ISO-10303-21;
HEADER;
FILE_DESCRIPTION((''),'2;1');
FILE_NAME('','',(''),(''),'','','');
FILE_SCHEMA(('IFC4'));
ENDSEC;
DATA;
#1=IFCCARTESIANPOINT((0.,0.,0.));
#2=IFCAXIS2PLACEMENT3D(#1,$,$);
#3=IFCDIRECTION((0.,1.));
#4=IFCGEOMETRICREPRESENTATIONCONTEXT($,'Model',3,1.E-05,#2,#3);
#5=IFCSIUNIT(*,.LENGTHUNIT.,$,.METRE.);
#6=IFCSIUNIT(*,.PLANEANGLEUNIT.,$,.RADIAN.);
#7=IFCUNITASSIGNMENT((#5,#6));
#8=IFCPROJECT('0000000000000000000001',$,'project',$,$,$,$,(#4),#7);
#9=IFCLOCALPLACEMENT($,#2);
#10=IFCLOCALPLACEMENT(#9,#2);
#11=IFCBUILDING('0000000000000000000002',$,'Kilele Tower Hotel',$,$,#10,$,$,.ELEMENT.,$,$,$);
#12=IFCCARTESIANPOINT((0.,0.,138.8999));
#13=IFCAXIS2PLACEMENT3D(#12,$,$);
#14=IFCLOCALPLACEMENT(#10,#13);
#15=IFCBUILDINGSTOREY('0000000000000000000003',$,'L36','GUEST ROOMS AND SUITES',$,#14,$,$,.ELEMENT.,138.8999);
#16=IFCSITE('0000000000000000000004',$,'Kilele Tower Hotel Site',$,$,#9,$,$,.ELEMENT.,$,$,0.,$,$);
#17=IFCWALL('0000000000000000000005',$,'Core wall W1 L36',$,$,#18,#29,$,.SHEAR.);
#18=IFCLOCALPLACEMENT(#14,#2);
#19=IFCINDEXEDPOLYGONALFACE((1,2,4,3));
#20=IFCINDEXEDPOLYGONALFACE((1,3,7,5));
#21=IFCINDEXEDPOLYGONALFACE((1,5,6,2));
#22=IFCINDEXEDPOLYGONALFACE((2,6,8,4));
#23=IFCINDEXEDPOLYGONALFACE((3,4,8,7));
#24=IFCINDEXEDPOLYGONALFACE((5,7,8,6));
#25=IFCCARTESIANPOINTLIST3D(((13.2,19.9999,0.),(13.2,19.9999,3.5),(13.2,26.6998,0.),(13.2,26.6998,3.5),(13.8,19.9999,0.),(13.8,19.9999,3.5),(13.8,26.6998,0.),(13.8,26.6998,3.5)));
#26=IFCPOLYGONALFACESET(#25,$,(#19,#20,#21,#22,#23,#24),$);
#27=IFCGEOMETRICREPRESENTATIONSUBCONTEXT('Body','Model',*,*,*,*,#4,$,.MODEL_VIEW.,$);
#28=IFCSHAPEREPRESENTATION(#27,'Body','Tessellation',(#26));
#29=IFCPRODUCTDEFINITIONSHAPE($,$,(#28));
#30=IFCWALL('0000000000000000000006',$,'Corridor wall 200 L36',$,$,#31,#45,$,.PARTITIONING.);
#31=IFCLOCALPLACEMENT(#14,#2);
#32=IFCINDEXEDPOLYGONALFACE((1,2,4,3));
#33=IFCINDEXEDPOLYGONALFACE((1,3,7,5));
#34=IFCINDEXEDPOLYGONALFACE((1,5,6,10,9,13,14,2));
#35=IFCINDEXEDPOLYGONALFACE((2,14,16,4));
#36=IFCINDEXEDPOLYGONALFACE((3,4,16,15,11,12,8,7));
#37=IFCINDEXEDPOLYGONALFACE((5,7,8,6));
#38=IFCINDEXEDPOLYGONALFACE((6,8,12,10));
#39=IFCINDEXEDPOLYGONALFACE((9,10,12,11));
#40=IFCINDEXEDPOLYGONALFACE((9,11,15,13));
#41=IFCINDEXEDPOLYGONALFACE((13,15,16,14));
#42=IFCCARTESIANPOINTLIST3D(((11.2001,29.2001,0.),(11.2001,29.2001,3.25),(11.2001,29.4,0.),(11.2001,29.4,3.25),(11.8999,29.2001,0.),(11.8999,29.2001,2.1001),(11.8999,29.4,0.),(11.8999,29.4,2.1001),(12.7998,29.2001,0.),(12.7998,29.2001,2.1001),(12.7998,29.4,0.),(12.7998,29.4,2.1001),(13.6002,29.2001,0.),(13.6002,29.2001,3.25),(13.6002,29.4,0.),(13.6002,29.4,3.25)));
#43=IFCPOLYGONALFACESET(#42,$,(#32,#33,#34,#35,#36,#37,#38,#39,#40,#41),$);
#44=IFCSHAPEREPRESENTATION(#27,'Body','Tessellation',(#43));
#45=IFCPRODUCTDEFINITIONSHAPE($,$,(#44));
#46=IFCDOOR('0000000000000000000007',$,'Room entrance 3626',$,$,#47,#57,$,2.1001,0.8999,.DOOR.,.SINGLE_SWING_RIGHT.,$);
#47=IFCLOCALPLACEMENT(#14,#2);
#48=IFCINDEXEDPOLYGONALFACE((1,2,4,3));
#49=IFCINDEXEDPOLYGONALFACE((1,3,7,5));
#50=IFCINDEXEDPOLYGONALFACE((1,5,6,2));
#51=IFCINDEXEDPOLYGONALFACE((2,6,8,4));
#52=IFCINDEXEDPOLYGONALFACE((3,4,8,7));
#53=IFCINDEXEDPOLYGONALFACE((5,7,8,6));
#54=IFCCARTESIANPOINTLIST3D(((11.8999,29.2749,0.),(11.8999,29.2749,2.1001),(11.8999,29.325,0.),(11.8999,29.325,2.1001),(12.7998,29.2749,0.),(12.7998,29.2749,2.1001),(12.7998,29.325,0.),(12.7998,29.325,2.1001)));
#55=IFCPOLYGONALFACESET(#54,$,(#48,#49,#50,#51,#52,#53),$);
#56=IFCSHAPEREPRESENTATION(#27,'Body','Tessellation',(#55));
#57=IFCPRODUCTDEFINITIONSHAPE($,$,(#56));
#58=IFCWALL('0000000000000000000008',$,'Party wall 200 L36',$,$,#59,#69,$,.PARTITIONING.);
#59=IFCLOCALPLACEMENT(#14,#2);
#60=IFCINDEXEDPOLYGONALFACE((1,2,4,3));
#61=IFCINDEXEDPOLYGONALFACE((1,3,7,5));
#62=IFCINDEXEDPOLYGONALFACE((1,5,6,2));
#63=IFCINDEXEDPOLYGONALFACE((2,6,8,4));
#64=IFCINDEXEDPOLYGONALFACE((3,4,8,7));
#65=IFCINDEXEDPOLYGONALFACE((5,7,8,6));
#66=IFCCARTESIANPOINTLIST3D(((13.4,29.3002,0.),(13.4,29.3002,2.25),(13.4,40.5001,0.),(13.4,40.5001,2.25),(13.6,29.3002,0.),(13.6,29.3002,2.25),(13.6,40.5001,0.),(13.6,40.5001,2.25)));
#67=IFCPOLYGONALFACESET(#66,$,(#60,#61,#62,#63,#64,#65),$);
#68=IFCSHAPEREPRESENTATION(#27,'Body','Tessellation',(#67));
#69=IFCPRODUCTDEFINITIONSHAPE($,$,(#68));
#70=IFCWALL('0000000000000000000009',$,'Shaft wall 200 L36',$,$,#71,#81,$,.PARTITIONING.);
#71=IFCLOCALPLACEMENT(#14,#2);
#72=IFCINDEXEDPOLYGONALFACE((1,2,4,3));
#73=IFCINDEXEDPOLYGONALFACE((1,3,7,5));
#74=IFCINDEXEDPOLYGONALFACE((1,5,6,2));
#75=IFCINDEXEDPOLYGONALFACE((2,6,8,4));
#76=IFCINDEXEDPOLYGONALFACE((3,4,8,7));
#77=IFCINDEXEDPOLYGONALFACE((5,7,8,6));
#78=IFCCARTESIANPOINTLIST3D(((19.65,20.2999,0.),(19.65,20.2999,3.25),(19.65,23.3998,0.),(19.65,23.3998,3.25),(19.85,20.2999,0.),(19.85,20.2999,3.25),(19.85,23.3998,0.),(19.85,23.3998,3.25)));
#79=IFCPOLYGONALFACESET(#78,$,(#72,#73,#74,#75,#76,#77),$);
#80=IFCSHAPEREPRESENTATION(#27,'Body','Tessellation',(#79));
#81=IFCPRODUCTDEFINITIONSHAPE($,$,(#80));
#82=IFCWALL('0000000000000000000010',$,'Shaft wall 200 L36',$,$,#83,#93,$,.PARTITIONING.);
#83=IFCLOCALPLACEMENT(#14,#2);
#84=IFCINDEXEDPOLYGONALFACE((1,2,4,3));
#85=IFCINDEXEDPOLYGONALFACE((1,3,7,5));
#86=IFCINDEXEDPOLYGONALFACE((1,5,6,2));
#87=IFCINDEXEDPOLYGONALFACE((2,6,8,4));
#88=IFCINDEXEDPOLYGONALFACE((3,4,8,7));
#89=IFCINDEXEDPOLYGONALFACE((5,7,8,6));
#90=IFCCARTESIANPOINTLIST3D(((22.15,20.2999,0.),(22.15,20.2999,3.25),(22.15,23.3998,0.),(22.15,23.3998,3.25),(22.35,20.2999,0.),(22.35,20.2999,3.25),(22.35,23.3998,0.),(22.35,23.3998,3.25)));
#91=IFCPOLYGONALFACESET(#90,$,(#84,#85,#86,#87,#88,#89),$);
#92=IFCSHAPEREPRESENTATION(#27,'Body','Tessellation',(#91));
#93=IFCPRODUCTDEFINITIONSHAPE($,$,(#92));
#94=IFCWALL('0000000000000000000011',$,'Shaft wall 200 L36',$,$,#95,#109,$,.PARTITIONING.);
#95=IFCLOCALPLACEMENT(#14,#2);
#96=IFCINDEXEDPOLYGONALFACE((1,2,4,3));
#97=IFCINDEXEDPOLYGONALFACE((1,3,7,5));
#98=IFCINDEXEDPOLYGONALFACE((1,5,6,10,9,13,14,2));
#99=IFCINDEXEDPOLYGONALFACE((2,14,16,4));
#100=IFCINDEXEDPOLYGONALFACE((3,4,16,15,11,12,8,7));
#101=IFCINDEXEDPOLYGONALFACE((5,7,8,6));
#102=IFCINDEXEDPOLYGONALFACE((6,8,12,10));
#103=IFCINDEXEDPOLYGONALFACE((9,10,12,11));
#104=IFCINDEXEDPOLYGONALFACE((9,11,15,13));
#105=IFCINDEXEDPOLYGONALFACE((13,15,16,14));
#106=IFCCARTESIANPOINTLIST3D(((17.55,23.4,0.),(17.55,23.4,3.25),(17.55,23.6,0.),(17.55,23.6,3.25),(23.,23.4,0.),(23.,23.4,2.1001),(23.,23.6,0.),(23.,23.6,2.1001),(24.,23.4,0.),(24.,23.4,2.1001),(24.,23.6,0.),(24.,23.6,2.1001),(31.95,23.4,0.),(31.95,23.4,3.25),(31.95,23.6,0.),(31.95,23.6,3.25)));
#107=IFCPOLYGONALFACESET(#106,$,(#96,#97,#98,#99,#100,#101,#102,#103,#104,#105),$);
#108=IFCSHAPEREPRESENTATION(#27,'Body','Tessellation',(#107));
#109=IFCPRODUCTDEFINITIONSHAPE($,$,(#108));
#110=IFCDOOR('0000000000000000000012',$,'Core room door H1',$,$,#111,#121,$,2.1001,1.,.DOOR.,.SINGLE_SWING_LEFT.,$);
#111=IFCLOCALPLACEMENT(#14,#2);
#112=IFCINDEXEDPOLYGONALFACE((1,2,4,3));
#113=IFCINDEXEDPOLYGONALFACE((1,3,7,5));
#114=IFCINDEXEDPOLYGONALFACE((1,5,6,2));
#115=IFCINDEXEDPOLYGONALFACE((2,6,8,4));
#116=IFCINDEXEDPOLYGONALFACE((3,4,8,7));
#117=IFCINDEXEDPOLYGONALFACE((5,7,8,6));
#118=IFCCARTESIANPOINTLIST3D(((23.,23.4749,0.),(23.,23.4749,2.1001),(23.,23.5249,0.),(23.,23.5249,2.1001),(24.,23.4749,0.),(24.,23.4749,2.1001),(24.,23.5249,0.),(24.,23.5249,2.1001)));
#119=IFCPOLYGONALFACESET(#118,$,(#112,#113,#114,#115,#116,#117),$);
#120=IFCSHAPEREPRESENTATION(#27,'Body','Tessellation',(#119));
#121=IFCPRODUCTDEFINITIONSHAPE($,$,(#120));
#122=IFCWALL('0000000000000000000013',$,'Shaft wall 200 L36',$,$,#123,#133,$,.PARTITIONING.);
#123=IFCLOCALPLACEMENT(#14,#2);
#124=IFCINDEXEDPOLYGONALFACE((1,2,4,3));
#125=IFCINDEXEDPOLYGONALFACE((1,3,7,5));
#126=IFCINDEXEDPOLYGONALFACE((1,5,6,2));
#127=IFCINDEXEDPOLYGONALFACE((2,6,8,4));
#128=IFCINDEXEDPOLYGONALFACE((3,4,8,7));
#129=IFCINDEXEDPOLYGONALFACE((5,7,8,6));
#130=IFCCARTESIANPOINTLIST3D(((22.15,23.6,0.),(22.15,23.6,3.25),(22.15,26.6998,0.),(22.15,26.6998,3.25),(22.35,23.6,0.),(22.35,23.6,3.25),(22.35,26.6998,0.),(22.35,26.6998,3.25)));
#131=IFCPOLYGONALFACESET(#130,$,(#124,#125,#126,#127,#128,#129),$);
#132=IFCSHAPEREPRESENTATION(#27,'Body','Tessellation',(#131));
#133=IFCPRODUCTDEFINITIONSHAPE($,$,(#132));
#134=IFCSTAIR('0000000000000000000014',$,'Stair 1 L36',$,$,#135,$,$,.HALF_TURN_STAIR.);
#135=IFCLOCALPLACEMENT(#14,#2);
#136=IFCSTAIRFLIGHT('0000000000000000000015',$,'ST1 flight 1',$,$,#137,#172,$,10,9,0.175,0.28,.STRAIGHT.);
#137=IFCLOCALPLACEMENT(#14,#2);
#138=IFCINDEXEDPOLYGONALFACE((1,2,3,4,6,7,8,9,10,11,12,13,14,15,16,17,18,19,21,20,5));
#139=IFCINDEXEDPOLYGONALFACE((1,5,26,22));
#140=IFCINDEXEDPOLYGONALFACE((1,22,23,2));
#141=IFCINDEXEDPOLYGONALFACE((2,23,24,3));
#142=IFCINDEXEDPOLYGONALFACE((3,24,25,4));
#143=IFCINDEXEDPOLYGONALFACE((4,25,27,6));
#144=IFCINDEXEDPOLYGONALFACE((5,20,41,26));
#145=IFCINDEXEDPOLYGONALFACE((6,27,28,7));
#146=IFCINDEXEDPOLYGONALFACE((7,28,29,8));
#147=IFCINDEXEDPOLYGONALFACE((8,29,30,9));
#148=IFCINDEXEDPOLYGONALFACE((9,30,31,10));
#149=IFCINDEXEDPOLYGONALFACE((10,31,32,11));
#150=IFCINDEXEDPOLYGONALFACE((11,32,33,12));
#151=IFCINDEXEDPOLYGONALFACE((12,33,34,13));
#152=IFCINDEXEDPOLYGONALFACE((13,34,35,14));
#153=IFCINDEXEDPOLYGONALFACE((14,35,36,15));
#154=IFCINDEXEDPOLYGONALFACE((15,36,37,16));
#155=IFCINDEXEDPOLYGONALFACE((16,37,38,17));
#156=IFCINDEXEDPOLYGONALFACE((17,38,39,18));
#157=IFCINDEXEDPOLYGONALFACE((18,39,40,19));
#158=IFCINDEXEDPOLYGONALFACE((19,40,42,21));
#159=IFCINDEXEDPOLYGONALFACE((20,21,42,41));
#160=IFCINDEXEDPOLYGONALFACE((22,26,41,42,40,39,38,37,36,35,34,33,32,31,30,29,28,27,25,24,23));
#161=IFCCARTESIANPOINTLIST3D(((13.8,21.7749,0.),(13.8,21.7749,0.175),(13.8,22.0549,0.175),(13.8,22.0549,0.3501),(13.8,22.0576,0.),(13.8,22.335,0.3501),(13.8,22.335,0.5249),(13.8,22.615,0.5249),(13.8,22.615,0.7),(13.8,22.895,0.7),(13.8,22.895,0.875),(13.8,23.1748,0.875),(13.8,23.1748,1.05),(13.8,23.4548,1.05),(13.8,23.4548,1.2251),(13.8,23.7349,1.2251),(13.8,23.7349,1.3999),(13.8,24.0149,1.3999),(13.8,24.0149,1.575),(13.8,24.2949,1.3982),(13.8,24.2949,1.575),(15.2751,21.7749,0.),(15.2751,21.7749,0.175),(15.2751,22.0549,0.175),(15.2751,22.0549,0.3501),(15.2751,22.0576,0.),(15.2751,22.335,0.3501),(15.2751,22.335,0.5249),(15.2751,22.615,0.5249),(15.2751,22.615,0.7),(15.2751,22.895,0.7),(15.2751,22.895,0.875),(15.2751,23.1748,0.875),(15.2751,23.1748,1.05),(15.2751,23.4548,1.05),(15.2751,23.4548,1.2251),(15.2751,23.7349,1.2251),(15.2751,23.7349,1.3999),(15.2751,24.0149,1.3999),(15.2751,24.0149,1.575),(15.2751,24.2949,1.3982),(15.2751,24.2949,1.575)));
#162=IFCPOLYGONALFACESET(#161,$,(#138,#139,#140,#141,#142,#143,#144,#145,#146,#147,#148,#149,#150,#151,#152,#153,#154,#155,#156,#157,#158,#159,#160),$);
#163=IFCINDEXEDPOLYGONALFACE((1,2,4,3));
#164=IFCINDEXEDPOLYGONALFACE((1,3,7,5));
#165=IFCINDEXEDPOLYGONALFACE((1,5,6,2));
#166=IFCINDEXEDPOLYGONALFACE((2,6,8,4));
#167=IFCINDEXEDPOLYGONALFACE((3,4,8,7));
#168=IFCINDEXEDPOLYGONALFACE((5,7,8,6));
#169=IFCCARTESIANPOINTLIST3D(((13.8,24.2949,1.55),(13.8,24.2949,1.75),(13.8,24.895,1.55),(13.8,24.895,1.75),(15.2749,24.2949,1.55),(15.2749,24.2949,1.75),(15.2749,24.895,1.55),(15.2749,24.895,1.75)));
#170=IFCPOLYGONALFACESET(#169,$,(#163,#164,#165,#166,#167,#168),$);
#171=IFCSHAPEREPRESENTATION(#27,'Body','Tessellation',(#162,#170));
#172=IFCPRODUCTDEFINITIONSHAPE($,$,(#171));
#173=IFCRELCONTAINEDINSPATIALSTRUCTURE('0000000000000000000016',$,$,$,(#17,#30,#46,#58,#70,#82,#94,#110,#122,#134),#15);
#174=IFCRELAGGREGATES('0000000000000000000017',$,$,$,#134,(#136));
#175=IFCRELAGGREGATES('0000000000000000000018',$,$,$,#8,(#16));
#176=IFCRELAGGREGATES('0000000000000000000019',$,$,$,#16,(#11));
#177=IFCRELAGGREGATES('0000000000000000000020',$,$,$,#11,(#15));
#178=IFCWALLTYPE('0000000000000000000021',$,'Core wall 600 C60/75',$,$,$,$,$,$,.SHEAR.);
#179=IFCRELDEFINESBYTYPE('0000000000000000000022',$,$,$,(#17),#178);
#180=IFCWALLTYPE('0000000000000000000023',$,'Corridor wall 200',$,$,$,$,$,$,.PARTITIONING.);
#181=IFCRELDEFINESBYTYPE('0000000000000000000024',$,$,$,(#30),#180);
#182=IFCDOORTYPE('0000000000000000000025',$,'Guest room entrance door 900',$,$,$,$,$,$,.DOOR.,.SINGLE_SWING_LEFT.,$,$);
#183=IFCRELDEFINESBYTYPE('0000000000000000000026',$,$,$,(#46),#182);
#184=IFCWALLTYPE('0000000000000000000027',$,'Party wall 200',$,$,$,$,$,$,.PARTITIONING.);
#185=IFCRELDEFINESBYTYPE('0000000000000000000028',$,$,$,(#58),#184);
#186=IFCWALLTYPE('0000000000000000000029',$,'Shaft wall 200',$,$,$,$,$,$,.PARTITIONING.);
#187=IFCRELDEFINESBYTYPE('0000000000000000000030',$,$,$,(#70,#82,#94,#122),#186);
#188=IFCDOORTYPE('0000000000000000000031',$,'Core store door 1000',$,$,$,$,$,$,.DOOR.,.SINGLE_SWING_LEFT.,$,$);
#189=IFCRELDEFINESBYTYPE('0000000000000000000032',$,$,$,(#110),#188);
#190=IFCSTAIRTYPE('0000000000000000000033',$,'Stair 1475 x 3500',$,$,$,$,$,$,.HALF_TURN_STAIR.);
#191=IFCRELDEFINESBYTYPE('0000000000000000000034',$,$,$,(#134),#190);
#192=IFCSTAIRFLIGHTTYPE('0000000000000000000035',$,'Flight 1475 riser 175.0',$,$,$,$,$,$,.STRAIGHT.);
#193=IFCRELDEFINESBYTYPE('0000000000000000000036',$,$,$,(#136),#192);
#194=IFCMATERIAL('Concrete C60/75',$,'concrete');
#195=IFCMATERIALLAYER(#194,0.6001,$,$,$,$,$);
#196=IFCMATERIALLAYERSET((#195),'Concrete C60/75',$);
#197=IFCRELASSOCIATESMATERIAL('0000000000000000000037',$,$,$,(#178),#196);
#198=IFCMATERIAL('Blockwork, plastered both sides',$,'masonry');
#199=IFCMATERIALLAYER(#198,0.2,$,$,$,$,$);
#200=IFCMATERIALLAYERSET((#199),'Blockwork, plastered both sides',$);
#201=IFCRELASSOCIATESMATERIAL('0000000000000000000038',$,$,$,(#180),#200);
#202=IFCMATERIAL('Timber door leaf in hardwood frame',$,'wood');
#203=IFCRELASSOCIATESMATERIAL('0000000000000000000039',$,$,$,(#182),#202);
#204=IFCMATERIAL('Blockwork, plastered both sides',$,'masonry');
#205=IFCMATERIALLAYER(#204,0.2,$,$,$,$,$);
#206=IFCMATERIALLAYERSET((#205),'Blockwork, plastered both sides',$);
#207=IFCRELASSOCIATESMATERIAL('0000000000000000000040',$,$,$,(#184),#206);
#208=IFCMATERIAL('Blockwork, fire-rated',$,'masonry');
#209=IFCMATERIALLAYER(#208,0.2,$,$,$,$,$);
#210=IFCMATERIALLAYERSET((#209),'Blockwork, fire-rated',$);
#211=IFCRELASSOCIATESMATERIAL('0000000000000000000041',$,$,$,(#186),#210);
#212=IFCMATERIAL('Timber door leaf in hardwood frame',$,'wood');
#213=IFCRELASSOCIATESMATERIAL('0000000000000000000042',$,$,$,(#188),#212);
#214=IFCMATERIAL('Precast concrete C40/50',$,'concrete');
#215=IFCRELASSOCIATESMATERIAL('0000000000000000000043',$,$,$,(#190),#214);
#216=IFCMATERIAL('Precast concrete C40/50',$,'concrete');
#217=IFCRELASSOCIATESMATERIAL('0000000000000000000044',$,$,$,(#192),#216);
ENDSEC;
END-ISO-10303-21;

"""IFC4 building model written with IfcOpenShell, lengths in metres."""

from ifc_helpers import new_model, si_unit, direction, frame, frame_2d, origin, place, context, subcontext, project, spatial, polyline, rectangle, outline, extrude, material, layer, layer_set, type_object, element, fill, aggregate, save


model = new_model("IFC4")

# Units and contexts
model_context = context("Model", 3, precision=1e-05, world=origin(), true_north=direction((0.0, 1.0)))
body_context = subcontext(model_context, "Body", "Model", "MODEL_VIEW")
ifc_project = project(units=[si_unit("LENGTHUNIT", "METRE"), si_unit("PLANEANGLEUNIT", "RADIAN")], contexts=[model_context])

# Site, building, storey
site_placement = place(None, origin())
site = spatial("IfcSite", under=ifc_project, at=site_placement, Name="Kilele Tower Hotel Site", CompositionType="ELEMENT", RefElevation=0.0)
building_placement = place(site_placement, origin())
building = spatial("IfcBuilding", under=site, at=building_placement, Name="Kilele Tower Hotel", CompositionType="ELEMENT")
storey_placement = place(building_placement, frame((0.0, 0.0, 138.8999)))
storey = spatial("IfcBuildingStorey", under=building, at=storey_placement, Name="L36", Description="GUEST ROOMS AND SUITES", CompositionType="ELEMENT", Elevation=138.8999)

# Wall
ifc_material_1 = material(Name="Concrete C60/75", Category="concrete")
ifc_layer_1 = layer(ifc_material_1, 0.6001)
ifc_layer_set_1 = layer_set([ifc_layer_1], Name="Concrete C60/75")
wall_type_1 = type_object("IfcWallType", Name="Core wall 600 C60/75", PredefinedType="SHEAR", material=ifc_layer_set_1)
wall_1_placement = place(storey_placement, frame((13.5, 26.7, 0.0), z_axis=(0.0, 0.0, 1.0), x_axis=(0.0, -1.0, 0.0)))
element("IfcWall", 1, at=wall_1_placement, inside=storey, type_object=wall_type_1, Name="Core wall W1 L36", PredefinedType="SHEAR", context=body_context, shape_type="SweptSolid", body=[
    extrude(rectangle(XDim=6.7, YDim=0.6001, at=frame_2d((3.3501, 0.0))), origin(), (0.0, 0.0, 1.0), 3.5),
])

# Wall, opening, door
ifc_material_2 = material(Name="Blockwork, plastered both sides", Category="masonry")
ifc_layer_2 = layer(ifc_material_2, 0.2)
ifc_layer_set_2 = layer_set([ifc_layer_2], Name="Blockwork, plastered both sides")
wall_type_2 = type_object("IfcWallType", Name="Corridor wall 200", PredefinedType="PARTITIONING", material=ifc_layer_set_2)
wall_2_placement = place(storey_placement, frame((11.2, 29.3, 0.0), z_axis=(0.0, 0.0, 1.0), x_axis=(1.0, 0.0, 0.0)))
wall_2 = element("IfcWall", 2, at=wall_2_placement, inside=storey, type_object=wall_type_2, Name="Corridor wall 200 L36", PredefinedType="PARTITIONING", context=body_context, shape_type="SweptSolid", body=[
    extrude(rectangle(XDim=2.4001, YDim=0.2, at=frame_2d((1.2002, 0.0))), origin(), (0.0, 0.0, 1.0), 3.25),
])
opening_1_placement = place(wall_2_placement, frame((0.7, 0.0, 0.0)))
opening_1 = element("IfcOpeningElement", 3, at=opening_1_placement, cuts=wall_2, PredefinedType="OPENING", context=body_context, shape_type="SweptSolid", body=[
    extrude(rectangle(XDim=0.8999, YDim=2.1001, at=frame_2d((0.45, 1.05))), frame((0.0, 0.1099, 0.0), z_axis=(0.0, -1.0, 0.0), x_axis=(1.0, 0.0, 0.0)), (0.0, 0.0, 1.0), 0.22),
])
ifc_material_3 = material(Name="Timber door leaf in hardwood frame", Category="wood")
door_type_1 = type_object("IfcDoorType", Name="Guest room entrance door 900", OperationType="SINGLE_SWING_LEFT", PredefinedType="DOOR", material=ifc_material_3)
door_1_placement = place(opening_1_placement, origin())
door_1 = element("IfcDoor", 4, at=door_1_placement, inside=storey, type_object=door_type_1, Name="Room entrance 3626", OperationType="SINGLE_SWING_RIGHT", OverallHeight=2.1001, OverallWidth=0.8999, PredefinedType="DOOR", context=body_context, shape_type="SweptSolid", body=[
    extrude(rectangle(XDim=0.8999, YDim=2.1001, at=frame_2d((0.45, 1.05))), frame((0.0, 0.0249, 0.0), z_axis=(0.0, -1.0, 0.0), x_axis=(1.0, 0.0, 0.0)), (0.0, 0.0, 1.0), 0.05),
])
fill(opening_1, door_1)

# Walls
ifc_material_4 = material(Name="Blockwork, plastered both sides", Category="masonry")
ifc_layer_3 = layer(ifc_material_4, 0.2)
ifc_layer_set_3 = layer_set([ifc_layer_3], Name="Blockwork, plastered both sides")
wall_type_3 = type_object("IfcWallType", Name="Party wall 200", PredefinedType="PARTITIONING", material=ifc_layer_set_3)
wall_3_placement = place(storey_placement, frame((13.5, 29.3, 0.0), z_axis=(0.0, 0.0, 1.0), x_axis=(0.0, 1.0, 0.0)))
element("IfcWall", 5, at=wall_3_placement, inside=storey, type_object=wall_type_3, Name="Party wall 200 L36", PredefinedType="PARTITIONING", context=body_context, shape_type="SweptSolid", body=[
    extrude(rectangle(XDim=11.2, YDim=0.2, at=frame_2d((5.6001, 0.0))), origin(), (0.0, 0.0, 1.0), 2.25),
])
ifc_material_5 = material(Name="Blockwork, fire-rated", Category="masonry")
ifc_layer_4 = layer(ifc_material_5, 0.2)
ifc_layer_set_4 = layer_set([ifc_layer_4], Name="Blockwork, fire-rated")
wall_type_4 = type_object("IfcWallType", Name="Shaft wall 200", PredefinedType="PARTITIONING", material=ifc_layer_set_4)
for number, where, z_axis, x_axis, name in (
    (6, (19.75, 20.3, 0.0), (0.0, 0.0, 1.0), (0.0, 1.0, 0.0), "Shaft wall 200 L36"),
    (7, (22.25, 20.3, 0.0), (0.0, 0.0, 1.0), (0.0, 1.0, 0.0), "Shaft wall 200 L36"),
):
    element("IfcWall", number, at=place(storey_placement, frame(where, z_axis=z_axis, x_axis=x_axis)), inside=storey, type_object=wall_type_4, Name=name, PredefinedType="PARTITIONING", context=body_context, shape_type="SweptSolid", body=[
        extrude(rectangle(XDim=3.0999, YDim=0.2, at=frame_2d((1.5498, 0.0))), origin(), (0.0, 0.0, 1.0), 3.25),
    ])

# Wall, opening, door
wall_4_placement = place(storey_placement, frame((17.55, 23.5, 0.0), z_axis=(0.0, 0.0, 1.0), x_axis=(1.0, 0.0, 0.0)))
wall_4 = element("IfcWall", 8, at=wall_4_placement, inside=storey, type_object=wall_type_4, Name="Shaft wall 200 L36", PredefinedType="PARTITIONING", context=body_context, shape_type="SweptSolid", body=[
    extrude(rectangle(XDim=14.3999, YDim=0.2, at=frame_2d((7.2, 0.0))), origin(), (0.0, 0.0, 1.0), 3.25),
])
opening_2_placement = place(wall_4_placement, frame((5.45, 0.0, 0.0)))
opening_2 = element("IfcOpeningElement", 9, at=opening_2_placement, cuts=wall_4, PredefinedType="OPENING", context=body_context, shape_type="SweptSolid", body=[
    extrude(rectangle(XDim=1.0, YDim=2.1001, at=frame_2d((0.5, 1.05))), frame((0.0, 0.1099, 0.0), z_axis=(0.0, -1.0, 0.0), x_axis=(1.0, 0.0, 0.0)), (0.0, 0.0, 1.0), 0.22),
])
ifc_material_6 = material(Name="Timber door leaf in hardwood frame", Category="wood")
door_type_2 = type_object("IfcDoorType", Name="Core store door 1000", OperationType="SINGLE_SWING_LEFT", PredefinedType="DOOR", material=ifc_material_6)
door_2_placement = place(opening_2_placement, origin())
door_2 = element("IfcDoor", 10, at=door_2_placement, inside=storey, type_object=door_type_2, Name="Core room door H1", OperationType="SINGLE_SWING_LEFT", OverallHeight=2.1001, OverallWidth=1.0, PredefinedType="DOOR", context=body_context, shape_type="SweptSolid", body=[
    extrude(rectangle(XDim=1.0, YDim=2.1001, at=frame_2d((0.5, 1.05))), frame((0.0, 0.0249, 0.0), z_axis=(0.0, -1.0, 0.0), x_axis=(1.0, 0.0, 0.0)), (0.0, 0.0, 1.0), 0.05),
])
fill(opening_2, door_2)

# Wall
wall_5_placement = place(storey_placement, frame((22.25, 23.6001, 0.0), z_axis=(0.0, 0.0, 1.0), x_axis=(0.0, 1.0, 0.0)))
element("IfcWall", 11, at=wall_5_placement, inside=storey, type_object=wall_type_4, Name="Shaft wall 200 L36", PredefinedType="PARTITIONING", context=body_context, shape_type="SweptSolid", body=[
    extrude(rectangle(XDim=3.0999, YDim=0.2, at=frame_2d((1.5498, 0.0))), origin(), (0.0, 0.0, 1.0), 3.25),
])

# Stair, stair flight
ifc_material_7 = material(Name="Precast concrete C40/50", Category="concrete")
stair_type = type_object("IfcStairType", Name="Stair 1475 x 3500", PredefinedType="HALF_TURN_STAIR", material=ifc_material_7)
stair_placement = place(storey_placement, origin())
stair = element("IfcStair", 12, at=stair_placement, inside=storey, type_object=stair_type, Name="Stair 1 L36", PredefinedType="HALF_TURN_STAIR")
ifc_material_8 = material(Name="Precast concrete C40/50", Category="concrete")
stair_flight_type = type_object("IfcStairFlightType", Name="Flight 1475 riser 175.0", PredefinedType="STRAIGHT", material=ifc_material_8)
stair_flight_1_placement = place(storey_placement, frame((14.5376, 21.7749, 0.0), z_axis=(0.0, 0.0, 1.0), x_axis=(0.0, 1.0, 0.0)))
stair_flight_1 = element("IfcStairFlight", 13, at=stair_flight_1_placement, type_object=stair_flight_type, Name="ST1 flight 1", NumberOfRisers=10, NumberOfTreads=9, PredefinedType="STRAIGHT", RiserHeight=0.175, TreadLength=0.28, context=body_context, shape_type="SweptSolid", body=[
    extrude(outline(polyline([(0.0, 0.0), (0.0, 0.175), (0.28, 0.175), (0.28, 0.3501), (0.5601, 0.3501), (0.5601, 0.5249), (0.8401, 0.5249), (0.8401, 0.7), (1.1201, 0.7), (1.1201, 0.875), (1.3999, 0.875), (1.3999, 1.05), (1.6799, 1.05), (1.6799, 1.2251), (1.96, 1.2251), (1.96, 1.3999), (2.24, 1.3999), (2.24, 1.575), (2.52, 1.575), (2.52, 1.75), (2.52, 1.3982), (0.2827, 0.0), (0.0, 0.0)])), frame((0.0, 0.7375, 0.0), z_axis=(0.0, -1.0, 0.0), x_axis=(1.0, 0.0, 0.0)), (0.0, 0.0, 1.0), 1.4751),
    extrude(outline(polyline([(2.52, 0.7375), (2.52, -0.7373), (3.1201, -0.7373), (3.1201, 0.7375), (2.52, 0.7375)])), frame((0.0, 0.0, 1.55)), (0.0, 0.0, 1.0), 0.2),
])
aggregate(stair, [stair_flight_1])

save(model, "model.ifc")
